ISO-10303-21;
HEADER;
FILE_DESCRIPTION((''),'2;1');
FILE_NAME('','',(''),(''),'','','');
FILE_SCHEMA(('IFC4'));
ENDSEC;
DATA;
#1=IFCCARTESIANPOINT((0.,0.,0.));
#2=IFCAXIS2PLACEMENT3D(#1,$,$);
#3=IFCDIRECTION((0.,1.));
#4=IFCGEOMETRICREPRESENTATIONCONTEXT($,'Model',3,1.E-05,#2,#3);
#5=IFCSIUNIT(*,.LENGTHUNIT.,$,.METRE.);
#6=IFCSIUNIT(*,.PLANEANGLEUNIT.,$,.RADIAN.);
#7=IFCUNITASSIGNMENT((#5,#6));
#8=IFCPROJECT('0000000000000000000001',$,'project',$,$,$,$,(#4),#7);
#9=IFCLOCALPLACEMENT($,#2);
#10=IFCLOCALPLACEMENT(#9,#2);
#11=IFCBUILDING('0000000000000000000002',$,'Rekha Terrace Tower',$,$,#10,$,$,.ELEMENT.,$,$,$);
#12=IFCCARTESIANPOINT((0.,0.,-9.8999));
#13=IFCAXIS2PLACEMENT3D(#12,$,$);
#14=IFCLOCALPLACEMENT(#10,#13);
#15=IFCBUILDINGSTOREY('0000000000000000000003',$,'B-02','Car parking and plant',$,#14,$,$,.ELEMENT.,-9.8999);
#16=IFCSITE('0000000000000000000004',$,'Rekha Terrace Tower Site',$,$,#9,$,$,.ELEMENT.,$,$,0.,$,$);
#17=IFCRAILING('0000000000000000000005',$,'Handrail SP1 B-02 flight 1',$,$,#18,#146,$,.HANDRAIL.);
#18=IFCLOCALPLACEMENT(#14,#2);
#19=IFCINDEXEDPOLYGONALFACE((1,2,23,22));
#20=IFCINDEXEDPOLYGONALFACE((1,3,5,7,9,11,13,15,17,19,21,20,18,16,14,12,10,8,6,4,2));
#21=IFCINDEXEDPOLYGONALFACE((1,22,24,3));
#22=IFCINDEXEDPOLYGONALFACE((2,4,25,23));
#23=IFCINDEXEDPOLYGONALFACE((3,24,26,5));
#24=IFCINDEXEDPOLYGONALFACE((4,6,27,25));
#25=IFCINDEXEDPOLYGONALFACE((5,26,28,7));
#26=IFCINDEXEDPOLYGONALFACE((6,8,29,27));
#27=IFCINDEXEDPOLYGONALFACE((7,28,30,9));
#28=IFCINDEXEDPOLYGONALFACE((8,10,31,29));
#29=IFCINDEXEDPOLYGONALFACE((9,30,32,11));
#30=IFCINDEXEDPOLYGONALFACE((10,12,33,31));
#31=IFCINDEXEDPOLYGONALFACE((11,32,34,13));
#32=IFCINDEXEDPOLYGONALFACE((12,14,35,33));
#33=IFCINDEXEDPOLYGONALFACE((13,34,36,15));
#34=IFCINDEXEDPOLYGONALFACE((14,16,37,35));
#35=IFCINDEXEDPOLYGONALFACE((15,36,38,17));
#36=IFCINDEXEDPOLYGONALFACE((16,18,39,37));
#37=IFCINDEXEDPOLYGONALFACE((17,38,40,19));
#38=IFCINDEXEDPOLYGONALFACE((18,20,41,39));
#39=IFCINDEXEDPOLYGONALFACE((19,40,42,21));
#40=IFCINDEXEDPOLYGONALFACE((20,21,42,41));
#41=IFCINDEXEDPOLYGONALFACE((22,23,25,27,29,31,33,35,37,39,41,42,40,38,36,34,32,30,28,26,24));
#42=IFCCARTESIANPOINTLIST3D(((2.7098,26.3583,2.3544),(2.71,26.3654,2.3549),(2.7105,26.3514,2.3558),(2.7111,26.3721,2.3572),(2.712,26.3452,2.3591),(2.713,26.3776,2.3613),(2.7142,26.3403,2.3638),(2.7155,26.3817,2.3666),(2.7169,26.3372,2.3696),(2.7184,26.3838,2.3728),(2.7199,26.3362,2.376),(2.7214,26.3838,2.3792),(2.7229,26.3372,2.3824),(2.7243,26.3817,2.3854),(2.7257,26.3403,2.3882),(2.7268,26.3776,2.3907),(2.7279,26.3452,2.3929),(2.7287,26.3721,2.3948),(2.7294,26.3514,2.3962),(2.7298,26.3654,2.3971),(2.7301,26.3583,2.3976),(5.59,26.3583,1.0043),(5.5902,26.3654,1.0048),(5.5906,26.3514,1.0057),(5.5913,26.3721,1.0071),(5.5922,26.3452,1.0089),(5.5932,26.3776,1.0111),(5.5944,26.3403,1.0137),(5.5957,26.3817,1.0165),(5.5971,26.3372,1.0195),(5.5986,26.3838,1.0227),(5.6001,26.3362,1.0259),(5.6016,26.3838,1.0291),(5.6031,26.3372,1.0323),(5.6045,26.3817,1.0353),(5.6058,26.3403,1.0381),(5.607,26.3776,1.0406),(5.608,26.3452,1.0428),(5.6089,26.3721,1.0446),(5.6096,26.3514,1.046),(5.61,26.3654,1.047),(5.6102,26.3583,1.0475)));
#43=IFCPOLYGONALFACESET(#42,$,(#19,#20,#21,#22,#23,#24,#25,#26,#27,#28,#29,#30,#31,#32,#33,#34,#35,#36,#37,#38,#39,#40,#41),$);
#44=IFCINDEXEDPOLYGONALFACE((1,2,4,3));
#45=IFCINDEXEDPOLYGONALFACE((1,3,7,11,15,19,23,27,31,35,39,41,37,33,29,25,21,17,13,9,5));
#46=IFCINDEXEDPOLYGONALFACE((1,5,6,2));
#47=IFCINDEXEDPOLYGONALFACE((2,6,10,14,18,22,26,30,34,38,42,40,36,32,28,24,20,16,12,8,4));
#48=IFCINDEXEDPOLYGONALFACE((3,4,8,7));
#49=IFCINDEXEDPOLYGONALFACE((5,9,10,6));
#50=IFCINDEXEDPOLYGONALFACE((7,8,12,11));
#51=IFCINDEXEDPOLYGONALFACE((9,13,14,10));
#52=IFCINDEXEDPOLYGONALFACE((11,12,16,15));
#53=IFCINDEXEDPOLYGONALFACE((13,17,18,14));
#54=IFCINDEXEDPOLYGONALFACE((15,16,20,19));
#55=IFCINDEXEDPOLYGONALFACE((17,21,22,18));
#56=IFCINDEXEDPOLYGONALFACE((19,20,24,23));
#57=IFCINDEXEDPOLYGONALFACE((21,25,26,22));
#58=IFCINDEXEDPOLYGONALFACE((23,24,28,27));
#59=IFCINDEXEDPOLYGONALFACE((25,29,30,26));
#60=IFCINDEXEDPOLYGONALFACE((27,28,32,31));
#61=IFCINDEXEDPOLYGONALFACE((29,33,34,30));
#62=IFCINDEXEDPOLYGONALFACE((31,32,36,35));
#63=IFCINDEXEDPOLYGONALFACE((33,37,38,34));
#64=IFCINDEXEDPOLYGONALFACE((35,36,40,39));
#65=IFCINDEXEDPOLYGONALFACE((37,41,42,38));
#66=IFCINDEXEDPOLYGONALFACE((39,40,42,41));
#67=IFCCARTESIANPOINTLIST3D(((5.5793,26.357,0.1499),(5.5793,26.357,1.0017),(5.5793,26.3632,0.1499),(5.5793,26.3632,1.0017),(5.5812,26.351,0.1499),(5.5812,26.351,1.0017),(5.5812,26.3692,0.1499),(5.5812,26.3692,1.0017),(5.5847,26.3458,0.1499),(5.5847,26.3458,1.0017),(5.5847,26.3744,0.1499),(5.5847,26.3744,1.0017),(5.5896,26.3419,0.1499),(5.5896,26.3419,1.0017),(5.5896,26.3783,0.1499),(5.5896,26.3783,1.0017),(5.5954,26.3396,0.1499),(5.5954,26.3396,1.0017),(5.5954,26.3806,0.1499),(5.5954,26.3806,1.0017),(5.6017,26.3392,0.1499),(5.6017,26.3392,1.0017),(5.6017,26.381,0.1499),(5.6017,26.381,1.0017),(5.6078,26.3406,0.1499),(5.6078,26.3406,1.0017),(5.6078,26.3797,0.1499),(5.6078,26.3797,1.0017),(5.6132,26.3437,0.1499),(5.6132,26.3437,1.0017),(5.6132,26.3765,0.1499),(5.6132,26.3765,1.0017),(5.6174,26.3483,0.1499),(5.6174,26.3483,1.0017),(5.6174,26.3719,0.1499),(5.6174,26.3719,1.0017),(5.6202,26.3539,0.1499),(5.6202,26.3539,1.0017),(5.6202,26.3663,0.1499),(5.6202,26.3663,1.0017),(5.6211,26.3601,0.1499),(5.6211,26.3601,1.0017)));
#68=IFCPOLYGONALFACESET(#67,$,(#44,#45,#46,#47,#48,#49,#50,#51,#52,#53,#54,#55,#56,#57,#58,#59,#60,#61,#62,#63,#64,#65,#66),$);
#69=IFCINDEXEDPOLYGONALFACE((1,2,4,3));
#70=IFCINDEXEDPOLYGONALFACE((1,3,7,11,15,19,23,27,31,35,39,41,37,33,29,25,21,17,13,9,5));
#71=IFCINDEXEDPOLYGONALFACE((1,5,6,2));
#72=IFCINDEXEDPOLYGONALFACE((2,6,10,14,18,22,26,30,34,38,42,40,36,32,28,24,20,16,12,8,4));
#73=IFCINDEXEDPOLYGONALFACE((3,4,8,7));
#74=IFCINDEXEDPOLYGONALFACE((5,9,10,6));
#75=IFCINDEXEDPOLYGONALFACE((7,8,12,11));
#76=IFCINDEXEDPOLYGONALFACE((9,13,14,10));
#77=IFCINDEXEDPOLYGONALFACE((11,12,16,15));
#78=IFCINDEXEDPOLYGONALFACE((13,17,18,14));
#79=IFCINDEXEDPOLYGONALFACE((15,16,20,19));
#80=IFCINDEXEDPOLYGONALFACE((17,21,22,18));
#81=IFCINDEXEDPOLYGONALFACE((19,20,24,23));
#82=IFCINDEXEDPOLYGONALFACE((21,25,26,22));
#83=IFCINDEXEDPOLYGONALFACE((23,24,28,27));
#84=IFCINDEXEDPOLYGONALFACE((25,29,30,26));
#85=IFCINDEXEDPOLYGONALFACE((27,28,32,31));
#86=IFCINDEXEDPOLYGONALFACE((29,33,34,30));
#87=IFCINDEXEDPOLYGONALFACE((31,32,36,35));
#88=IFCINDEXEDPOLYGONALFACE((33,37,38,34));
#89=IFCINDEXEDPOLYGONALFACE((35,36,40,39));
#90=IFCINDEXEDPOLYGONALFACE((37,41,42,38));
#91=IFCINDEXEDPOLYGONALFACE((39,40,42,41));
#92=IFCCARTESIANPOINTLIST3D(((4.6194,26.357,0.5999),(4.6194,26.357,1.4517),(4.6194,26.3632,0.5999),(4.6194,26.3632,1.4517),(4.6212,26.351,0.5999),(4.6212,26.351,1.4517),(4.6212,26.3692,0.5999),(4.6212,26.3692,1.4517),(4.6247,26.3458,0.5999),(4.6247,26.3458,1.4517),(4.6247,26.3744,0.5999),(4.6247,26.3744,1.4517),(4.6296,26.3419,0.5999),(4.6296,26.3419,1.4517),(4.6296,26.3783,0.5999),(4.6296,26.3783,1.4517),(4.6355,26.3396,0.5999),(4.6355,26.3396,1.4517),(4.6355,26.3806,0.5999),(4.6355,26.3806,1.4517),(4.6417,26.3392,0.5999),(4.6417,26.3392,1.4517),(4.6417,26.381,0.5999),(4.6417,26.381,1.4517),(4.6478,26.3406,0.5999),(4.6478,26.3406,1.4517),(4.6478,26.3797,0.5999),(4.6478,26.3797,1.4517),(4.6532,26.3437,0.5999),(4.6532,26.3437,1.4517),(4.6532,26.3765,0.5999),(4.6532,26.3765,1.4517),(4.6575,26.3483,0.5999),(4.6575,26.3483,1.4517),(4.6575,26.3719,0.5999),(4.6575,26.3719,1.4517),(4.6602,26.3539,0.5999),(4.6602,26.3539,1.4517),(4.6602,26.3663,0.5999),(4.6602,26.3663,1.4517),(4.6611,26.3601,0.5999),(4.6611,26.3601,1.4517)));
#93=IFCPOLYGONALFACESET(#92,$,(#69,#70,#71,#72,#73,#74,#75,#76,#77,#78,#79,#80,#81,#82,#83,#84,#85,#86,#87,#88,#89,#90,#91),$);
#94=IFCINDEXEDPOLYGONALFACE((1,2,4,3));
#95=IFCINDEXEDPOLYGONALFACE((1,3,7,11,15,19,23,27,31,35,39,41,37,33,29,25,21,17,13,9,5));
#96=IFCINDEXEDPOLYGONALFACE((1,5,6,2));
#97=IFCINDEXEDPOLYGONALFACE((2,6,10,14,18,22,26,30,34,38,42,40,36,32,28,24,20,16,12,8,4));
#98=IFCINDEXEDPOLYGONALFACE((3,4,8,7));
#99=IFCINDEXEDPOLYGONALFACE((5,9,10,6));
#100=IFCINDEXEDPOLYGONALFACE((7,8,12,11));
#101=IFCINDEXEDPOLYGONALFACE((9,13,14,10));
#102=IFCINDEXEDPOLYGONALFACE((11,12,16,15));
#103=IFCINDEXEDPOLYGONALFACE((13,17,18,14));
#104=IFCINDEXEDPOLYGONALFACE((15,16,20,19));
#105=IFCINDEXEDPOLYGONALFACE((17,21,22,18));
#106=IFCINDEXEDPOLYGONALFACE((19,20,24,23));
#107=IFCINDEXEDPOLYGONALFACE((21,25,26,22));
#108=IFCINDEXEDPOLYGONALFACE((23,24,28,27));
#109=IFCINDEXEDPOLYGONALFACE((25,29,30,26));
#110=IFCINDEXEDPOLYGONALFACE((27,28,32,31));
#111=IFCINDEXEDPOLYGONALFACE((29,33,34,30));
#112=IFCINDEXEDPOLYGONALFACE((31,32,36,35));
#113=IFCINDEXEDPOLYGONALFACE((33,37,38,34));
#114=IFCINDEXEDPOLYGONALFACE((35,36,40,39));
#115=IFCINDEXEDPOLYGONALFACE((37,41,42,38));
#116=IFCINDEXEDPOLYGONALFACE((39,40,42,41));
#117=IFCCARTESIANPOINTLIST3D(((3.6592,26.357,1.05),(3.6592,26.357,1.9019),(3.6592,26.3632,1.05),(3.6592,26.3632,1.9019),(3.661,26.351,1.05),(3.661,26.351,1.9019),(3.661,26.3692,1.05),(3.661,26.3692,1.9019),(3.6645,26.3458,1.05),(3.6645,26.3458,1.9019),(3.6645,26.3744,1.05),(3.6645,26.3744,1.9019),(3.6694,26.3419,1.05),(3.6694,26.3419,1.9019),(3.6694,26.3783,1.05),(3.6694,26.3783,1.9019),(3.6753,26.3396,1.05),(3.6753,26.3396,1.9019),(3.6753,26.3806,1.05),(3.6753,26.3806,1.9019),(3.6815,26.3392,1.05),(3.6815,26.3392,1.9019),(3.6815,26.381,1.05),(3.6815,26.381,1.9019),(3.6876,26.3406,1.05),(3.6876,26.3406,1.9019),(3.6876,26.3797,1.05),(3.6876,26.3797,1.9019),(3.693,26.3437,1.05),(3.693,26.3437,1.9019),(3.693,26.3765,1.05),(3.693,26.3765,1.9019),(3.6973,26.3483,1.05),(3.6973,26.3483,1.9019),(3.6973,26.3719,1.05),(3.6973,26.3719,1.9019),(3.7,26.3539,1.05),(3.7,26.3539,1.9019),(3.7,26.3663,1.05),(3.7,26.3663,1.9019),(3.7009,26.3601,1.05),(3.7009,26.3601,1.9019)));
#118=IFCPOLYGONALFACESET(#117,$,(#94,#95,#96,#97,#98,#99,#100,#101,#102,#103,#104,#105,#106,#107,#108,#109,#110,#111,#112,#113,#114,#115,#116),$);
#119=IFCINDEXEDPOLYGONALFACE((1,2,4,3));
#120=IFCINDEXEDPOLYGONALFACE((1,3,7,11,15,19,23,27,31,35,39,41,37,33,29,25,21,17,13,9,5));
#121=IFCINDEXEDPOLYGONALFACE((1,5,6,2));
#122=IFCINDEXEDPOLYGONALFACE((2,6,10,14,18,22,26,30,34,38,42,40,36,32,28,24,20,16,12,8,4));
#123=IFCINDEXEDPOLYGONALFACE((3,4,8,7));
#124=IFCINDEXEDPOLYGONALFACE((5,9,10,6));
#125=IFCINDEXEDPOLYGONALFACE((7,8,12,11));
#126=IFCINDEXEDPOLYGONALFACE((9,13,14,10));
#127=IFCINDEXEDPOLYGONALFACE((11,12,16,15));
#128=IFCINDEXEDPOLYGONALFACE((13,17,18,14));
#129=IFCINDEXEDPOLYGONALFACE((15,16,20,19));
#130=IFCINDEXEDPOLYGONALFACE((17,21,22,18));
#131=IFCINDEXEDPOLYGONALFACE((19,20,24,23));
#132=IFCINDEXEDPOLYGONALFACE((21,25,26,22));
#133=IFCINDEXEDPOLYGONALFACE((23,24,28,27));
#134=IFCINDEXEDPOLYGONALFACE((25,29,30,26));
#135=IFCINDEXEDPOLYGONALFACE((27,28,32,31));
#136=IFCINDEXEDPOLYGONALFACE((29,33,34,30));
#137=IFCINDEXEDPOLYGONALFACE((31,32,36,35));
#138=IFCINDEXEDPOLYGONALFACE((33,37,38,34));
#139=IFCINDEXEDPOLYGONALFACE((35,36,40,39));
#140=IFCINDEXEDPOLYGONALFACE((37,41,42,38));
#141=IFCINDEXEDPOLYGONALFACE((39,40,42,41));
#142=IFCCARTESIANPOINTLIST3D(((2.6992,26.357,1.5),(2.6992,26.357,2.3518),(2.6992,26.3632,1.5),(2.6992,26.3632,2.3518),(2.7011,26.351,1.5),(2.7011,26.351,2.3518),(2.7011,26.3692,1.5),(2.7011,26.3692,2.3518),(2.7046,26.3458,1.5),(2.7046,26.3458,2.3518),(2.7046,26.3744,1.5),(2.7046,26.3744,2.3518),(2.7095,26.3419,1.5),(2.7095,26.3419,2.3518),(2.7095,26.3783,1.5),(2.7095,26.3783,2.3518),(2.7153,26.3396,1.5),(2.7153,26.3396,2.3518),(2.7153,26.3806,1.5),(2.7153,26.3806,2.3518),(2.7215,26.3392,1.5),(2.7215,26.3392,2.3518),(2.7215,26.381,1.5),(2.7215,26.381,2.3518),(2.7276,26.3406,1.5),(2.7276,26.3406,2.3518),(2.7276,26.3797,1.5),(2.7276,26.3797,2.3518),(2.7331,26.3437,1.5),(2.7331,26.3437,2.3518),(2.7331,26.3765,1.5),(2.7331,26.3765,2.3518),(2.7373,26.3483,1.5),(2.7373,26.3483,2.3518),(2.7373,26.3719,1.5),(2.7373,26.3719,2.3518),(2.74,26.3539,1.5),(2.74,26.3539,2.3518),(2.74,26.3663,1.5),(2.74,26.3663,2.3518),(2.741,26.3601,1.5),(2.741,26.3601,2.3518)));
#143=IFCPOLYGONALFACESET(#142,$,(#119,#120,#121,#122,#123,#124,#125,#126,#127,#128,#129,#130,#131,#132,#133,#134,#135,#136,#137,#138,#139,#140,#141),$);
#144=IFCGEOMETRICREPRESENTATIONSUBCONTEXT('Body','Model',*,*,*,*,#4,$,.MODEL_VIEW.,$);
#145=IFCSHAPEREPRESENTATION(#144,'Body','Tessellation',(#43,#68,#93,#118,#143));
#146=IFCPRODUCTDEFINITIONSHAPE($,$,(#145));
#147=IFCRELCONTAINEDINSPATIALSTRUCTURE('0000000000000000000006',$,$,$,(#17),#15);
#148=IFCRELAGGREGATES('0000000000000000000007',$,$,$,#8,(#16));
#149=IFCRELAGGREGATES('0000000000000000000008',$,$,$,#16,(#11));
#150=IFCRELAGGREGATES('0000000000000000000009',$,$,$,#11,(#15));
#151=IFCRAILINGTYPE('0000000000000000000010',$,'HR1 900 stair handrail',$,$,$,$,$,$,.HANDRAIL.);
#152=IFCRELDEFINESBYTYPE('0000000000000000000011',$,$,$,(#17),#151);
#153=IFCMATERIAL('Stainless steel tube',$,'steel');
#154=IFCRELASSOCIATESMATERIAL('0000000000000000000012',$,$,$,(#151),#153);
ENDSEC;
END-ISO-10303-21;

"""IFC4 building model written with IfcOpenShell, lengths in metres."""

from ifc_helpers import new_model, si_unit, direction, frame, origin, origin_2d, place, context, subcontext, project, spatial, circle, extrude, material, type_object, element, save


model = new_model("IFC4")

# Units and contexts
model_context = context("Model", 3, precision=1e-05, world=origin(), true_north=direction((0.0, 1.0)))
body_context = subcontext(model_context, "Body", "Model", "MODEL_VIEW")
ifc_project = project(units=[si_unit("LENGTHUNIT", "METRE"), si_unit("PLANEANGLEUNIT", "RADIAN")], contexts=[model_context])

# Site, building, storey
site_placement = place(None, origin())
site = spatial("IfcSite", under=ifc_project, at=site_placement, Name="Rekha Terrace Tower Site", CompositionType="ELEMENT", RefElevation=0.0)
building_placement = place(site_placement, origin())
building = spatial("IfcBuilding", under=site, at=building_placement, Name="Rekha Terrace Tower", CompositionType="ELEMENT")
storey_placement = place(building_placement, frame((0.0, 0.0, -9.8999)))
storey = spatial("IfcBuildingStorey", under=building, at=storey_placement, Name="B-02", Description="Car parking and plant", CompositionType="ELEMENT", Elevation=-9.8999)

# Railing
ifc_material_1 = material(Name="Stainless steel tube", Category="steel")
railing_type_1 = type_object("IfcRailingType", Name="HR1 900 stair handrail", PredefinedType="HANDRAIL", material=ifc_material_1)
railing_1_placement = place(storey_placement, frame((5.6001, 26.3601, 0.1499)))
element("IfcRailing", 1, at=railing_1_placement, inside=storey, type_object=railing_type_1, Name="Handrail SP1 B-02 flight 1", PredefinedType="HANDRAIL", context=body_context, shape_type="SweptSolid", body=[
    extrude(circle(Radius=0.0239, at=origin_2d()), frame((0.0, 0.0, 0.876), z_axis=(-0.905454, 0.0, 0.424444), x_axis=(0.0, -1.0, 0.0)), (0.0, 0.0, 1.0), 3.1809),
    extrude(circle(Radius=0.021, at=origin_2d()), origin(), (0.0, 0.0, 1.0), 0.8518),
    extrude(circle(Radius=0.021, at=origin_2d()), frame((-0.96, 0.0, 0.45)), (0.0, 0.0, 1.0), 0.8518),
    extrude(circle(Radius=0.021, at=origin_2d()), frame((-1.9202, 0.0, 0.9001)), (0.0, 0.0, 1.0), 0.8518),
    extrude(circle(Radius=0.021, at=origin_2d()), frame((-2.8801, 0.0, 1.3501)), (0.0, 0.0, 1.0), 0.8518),
])

save(model, "model.ifc")
